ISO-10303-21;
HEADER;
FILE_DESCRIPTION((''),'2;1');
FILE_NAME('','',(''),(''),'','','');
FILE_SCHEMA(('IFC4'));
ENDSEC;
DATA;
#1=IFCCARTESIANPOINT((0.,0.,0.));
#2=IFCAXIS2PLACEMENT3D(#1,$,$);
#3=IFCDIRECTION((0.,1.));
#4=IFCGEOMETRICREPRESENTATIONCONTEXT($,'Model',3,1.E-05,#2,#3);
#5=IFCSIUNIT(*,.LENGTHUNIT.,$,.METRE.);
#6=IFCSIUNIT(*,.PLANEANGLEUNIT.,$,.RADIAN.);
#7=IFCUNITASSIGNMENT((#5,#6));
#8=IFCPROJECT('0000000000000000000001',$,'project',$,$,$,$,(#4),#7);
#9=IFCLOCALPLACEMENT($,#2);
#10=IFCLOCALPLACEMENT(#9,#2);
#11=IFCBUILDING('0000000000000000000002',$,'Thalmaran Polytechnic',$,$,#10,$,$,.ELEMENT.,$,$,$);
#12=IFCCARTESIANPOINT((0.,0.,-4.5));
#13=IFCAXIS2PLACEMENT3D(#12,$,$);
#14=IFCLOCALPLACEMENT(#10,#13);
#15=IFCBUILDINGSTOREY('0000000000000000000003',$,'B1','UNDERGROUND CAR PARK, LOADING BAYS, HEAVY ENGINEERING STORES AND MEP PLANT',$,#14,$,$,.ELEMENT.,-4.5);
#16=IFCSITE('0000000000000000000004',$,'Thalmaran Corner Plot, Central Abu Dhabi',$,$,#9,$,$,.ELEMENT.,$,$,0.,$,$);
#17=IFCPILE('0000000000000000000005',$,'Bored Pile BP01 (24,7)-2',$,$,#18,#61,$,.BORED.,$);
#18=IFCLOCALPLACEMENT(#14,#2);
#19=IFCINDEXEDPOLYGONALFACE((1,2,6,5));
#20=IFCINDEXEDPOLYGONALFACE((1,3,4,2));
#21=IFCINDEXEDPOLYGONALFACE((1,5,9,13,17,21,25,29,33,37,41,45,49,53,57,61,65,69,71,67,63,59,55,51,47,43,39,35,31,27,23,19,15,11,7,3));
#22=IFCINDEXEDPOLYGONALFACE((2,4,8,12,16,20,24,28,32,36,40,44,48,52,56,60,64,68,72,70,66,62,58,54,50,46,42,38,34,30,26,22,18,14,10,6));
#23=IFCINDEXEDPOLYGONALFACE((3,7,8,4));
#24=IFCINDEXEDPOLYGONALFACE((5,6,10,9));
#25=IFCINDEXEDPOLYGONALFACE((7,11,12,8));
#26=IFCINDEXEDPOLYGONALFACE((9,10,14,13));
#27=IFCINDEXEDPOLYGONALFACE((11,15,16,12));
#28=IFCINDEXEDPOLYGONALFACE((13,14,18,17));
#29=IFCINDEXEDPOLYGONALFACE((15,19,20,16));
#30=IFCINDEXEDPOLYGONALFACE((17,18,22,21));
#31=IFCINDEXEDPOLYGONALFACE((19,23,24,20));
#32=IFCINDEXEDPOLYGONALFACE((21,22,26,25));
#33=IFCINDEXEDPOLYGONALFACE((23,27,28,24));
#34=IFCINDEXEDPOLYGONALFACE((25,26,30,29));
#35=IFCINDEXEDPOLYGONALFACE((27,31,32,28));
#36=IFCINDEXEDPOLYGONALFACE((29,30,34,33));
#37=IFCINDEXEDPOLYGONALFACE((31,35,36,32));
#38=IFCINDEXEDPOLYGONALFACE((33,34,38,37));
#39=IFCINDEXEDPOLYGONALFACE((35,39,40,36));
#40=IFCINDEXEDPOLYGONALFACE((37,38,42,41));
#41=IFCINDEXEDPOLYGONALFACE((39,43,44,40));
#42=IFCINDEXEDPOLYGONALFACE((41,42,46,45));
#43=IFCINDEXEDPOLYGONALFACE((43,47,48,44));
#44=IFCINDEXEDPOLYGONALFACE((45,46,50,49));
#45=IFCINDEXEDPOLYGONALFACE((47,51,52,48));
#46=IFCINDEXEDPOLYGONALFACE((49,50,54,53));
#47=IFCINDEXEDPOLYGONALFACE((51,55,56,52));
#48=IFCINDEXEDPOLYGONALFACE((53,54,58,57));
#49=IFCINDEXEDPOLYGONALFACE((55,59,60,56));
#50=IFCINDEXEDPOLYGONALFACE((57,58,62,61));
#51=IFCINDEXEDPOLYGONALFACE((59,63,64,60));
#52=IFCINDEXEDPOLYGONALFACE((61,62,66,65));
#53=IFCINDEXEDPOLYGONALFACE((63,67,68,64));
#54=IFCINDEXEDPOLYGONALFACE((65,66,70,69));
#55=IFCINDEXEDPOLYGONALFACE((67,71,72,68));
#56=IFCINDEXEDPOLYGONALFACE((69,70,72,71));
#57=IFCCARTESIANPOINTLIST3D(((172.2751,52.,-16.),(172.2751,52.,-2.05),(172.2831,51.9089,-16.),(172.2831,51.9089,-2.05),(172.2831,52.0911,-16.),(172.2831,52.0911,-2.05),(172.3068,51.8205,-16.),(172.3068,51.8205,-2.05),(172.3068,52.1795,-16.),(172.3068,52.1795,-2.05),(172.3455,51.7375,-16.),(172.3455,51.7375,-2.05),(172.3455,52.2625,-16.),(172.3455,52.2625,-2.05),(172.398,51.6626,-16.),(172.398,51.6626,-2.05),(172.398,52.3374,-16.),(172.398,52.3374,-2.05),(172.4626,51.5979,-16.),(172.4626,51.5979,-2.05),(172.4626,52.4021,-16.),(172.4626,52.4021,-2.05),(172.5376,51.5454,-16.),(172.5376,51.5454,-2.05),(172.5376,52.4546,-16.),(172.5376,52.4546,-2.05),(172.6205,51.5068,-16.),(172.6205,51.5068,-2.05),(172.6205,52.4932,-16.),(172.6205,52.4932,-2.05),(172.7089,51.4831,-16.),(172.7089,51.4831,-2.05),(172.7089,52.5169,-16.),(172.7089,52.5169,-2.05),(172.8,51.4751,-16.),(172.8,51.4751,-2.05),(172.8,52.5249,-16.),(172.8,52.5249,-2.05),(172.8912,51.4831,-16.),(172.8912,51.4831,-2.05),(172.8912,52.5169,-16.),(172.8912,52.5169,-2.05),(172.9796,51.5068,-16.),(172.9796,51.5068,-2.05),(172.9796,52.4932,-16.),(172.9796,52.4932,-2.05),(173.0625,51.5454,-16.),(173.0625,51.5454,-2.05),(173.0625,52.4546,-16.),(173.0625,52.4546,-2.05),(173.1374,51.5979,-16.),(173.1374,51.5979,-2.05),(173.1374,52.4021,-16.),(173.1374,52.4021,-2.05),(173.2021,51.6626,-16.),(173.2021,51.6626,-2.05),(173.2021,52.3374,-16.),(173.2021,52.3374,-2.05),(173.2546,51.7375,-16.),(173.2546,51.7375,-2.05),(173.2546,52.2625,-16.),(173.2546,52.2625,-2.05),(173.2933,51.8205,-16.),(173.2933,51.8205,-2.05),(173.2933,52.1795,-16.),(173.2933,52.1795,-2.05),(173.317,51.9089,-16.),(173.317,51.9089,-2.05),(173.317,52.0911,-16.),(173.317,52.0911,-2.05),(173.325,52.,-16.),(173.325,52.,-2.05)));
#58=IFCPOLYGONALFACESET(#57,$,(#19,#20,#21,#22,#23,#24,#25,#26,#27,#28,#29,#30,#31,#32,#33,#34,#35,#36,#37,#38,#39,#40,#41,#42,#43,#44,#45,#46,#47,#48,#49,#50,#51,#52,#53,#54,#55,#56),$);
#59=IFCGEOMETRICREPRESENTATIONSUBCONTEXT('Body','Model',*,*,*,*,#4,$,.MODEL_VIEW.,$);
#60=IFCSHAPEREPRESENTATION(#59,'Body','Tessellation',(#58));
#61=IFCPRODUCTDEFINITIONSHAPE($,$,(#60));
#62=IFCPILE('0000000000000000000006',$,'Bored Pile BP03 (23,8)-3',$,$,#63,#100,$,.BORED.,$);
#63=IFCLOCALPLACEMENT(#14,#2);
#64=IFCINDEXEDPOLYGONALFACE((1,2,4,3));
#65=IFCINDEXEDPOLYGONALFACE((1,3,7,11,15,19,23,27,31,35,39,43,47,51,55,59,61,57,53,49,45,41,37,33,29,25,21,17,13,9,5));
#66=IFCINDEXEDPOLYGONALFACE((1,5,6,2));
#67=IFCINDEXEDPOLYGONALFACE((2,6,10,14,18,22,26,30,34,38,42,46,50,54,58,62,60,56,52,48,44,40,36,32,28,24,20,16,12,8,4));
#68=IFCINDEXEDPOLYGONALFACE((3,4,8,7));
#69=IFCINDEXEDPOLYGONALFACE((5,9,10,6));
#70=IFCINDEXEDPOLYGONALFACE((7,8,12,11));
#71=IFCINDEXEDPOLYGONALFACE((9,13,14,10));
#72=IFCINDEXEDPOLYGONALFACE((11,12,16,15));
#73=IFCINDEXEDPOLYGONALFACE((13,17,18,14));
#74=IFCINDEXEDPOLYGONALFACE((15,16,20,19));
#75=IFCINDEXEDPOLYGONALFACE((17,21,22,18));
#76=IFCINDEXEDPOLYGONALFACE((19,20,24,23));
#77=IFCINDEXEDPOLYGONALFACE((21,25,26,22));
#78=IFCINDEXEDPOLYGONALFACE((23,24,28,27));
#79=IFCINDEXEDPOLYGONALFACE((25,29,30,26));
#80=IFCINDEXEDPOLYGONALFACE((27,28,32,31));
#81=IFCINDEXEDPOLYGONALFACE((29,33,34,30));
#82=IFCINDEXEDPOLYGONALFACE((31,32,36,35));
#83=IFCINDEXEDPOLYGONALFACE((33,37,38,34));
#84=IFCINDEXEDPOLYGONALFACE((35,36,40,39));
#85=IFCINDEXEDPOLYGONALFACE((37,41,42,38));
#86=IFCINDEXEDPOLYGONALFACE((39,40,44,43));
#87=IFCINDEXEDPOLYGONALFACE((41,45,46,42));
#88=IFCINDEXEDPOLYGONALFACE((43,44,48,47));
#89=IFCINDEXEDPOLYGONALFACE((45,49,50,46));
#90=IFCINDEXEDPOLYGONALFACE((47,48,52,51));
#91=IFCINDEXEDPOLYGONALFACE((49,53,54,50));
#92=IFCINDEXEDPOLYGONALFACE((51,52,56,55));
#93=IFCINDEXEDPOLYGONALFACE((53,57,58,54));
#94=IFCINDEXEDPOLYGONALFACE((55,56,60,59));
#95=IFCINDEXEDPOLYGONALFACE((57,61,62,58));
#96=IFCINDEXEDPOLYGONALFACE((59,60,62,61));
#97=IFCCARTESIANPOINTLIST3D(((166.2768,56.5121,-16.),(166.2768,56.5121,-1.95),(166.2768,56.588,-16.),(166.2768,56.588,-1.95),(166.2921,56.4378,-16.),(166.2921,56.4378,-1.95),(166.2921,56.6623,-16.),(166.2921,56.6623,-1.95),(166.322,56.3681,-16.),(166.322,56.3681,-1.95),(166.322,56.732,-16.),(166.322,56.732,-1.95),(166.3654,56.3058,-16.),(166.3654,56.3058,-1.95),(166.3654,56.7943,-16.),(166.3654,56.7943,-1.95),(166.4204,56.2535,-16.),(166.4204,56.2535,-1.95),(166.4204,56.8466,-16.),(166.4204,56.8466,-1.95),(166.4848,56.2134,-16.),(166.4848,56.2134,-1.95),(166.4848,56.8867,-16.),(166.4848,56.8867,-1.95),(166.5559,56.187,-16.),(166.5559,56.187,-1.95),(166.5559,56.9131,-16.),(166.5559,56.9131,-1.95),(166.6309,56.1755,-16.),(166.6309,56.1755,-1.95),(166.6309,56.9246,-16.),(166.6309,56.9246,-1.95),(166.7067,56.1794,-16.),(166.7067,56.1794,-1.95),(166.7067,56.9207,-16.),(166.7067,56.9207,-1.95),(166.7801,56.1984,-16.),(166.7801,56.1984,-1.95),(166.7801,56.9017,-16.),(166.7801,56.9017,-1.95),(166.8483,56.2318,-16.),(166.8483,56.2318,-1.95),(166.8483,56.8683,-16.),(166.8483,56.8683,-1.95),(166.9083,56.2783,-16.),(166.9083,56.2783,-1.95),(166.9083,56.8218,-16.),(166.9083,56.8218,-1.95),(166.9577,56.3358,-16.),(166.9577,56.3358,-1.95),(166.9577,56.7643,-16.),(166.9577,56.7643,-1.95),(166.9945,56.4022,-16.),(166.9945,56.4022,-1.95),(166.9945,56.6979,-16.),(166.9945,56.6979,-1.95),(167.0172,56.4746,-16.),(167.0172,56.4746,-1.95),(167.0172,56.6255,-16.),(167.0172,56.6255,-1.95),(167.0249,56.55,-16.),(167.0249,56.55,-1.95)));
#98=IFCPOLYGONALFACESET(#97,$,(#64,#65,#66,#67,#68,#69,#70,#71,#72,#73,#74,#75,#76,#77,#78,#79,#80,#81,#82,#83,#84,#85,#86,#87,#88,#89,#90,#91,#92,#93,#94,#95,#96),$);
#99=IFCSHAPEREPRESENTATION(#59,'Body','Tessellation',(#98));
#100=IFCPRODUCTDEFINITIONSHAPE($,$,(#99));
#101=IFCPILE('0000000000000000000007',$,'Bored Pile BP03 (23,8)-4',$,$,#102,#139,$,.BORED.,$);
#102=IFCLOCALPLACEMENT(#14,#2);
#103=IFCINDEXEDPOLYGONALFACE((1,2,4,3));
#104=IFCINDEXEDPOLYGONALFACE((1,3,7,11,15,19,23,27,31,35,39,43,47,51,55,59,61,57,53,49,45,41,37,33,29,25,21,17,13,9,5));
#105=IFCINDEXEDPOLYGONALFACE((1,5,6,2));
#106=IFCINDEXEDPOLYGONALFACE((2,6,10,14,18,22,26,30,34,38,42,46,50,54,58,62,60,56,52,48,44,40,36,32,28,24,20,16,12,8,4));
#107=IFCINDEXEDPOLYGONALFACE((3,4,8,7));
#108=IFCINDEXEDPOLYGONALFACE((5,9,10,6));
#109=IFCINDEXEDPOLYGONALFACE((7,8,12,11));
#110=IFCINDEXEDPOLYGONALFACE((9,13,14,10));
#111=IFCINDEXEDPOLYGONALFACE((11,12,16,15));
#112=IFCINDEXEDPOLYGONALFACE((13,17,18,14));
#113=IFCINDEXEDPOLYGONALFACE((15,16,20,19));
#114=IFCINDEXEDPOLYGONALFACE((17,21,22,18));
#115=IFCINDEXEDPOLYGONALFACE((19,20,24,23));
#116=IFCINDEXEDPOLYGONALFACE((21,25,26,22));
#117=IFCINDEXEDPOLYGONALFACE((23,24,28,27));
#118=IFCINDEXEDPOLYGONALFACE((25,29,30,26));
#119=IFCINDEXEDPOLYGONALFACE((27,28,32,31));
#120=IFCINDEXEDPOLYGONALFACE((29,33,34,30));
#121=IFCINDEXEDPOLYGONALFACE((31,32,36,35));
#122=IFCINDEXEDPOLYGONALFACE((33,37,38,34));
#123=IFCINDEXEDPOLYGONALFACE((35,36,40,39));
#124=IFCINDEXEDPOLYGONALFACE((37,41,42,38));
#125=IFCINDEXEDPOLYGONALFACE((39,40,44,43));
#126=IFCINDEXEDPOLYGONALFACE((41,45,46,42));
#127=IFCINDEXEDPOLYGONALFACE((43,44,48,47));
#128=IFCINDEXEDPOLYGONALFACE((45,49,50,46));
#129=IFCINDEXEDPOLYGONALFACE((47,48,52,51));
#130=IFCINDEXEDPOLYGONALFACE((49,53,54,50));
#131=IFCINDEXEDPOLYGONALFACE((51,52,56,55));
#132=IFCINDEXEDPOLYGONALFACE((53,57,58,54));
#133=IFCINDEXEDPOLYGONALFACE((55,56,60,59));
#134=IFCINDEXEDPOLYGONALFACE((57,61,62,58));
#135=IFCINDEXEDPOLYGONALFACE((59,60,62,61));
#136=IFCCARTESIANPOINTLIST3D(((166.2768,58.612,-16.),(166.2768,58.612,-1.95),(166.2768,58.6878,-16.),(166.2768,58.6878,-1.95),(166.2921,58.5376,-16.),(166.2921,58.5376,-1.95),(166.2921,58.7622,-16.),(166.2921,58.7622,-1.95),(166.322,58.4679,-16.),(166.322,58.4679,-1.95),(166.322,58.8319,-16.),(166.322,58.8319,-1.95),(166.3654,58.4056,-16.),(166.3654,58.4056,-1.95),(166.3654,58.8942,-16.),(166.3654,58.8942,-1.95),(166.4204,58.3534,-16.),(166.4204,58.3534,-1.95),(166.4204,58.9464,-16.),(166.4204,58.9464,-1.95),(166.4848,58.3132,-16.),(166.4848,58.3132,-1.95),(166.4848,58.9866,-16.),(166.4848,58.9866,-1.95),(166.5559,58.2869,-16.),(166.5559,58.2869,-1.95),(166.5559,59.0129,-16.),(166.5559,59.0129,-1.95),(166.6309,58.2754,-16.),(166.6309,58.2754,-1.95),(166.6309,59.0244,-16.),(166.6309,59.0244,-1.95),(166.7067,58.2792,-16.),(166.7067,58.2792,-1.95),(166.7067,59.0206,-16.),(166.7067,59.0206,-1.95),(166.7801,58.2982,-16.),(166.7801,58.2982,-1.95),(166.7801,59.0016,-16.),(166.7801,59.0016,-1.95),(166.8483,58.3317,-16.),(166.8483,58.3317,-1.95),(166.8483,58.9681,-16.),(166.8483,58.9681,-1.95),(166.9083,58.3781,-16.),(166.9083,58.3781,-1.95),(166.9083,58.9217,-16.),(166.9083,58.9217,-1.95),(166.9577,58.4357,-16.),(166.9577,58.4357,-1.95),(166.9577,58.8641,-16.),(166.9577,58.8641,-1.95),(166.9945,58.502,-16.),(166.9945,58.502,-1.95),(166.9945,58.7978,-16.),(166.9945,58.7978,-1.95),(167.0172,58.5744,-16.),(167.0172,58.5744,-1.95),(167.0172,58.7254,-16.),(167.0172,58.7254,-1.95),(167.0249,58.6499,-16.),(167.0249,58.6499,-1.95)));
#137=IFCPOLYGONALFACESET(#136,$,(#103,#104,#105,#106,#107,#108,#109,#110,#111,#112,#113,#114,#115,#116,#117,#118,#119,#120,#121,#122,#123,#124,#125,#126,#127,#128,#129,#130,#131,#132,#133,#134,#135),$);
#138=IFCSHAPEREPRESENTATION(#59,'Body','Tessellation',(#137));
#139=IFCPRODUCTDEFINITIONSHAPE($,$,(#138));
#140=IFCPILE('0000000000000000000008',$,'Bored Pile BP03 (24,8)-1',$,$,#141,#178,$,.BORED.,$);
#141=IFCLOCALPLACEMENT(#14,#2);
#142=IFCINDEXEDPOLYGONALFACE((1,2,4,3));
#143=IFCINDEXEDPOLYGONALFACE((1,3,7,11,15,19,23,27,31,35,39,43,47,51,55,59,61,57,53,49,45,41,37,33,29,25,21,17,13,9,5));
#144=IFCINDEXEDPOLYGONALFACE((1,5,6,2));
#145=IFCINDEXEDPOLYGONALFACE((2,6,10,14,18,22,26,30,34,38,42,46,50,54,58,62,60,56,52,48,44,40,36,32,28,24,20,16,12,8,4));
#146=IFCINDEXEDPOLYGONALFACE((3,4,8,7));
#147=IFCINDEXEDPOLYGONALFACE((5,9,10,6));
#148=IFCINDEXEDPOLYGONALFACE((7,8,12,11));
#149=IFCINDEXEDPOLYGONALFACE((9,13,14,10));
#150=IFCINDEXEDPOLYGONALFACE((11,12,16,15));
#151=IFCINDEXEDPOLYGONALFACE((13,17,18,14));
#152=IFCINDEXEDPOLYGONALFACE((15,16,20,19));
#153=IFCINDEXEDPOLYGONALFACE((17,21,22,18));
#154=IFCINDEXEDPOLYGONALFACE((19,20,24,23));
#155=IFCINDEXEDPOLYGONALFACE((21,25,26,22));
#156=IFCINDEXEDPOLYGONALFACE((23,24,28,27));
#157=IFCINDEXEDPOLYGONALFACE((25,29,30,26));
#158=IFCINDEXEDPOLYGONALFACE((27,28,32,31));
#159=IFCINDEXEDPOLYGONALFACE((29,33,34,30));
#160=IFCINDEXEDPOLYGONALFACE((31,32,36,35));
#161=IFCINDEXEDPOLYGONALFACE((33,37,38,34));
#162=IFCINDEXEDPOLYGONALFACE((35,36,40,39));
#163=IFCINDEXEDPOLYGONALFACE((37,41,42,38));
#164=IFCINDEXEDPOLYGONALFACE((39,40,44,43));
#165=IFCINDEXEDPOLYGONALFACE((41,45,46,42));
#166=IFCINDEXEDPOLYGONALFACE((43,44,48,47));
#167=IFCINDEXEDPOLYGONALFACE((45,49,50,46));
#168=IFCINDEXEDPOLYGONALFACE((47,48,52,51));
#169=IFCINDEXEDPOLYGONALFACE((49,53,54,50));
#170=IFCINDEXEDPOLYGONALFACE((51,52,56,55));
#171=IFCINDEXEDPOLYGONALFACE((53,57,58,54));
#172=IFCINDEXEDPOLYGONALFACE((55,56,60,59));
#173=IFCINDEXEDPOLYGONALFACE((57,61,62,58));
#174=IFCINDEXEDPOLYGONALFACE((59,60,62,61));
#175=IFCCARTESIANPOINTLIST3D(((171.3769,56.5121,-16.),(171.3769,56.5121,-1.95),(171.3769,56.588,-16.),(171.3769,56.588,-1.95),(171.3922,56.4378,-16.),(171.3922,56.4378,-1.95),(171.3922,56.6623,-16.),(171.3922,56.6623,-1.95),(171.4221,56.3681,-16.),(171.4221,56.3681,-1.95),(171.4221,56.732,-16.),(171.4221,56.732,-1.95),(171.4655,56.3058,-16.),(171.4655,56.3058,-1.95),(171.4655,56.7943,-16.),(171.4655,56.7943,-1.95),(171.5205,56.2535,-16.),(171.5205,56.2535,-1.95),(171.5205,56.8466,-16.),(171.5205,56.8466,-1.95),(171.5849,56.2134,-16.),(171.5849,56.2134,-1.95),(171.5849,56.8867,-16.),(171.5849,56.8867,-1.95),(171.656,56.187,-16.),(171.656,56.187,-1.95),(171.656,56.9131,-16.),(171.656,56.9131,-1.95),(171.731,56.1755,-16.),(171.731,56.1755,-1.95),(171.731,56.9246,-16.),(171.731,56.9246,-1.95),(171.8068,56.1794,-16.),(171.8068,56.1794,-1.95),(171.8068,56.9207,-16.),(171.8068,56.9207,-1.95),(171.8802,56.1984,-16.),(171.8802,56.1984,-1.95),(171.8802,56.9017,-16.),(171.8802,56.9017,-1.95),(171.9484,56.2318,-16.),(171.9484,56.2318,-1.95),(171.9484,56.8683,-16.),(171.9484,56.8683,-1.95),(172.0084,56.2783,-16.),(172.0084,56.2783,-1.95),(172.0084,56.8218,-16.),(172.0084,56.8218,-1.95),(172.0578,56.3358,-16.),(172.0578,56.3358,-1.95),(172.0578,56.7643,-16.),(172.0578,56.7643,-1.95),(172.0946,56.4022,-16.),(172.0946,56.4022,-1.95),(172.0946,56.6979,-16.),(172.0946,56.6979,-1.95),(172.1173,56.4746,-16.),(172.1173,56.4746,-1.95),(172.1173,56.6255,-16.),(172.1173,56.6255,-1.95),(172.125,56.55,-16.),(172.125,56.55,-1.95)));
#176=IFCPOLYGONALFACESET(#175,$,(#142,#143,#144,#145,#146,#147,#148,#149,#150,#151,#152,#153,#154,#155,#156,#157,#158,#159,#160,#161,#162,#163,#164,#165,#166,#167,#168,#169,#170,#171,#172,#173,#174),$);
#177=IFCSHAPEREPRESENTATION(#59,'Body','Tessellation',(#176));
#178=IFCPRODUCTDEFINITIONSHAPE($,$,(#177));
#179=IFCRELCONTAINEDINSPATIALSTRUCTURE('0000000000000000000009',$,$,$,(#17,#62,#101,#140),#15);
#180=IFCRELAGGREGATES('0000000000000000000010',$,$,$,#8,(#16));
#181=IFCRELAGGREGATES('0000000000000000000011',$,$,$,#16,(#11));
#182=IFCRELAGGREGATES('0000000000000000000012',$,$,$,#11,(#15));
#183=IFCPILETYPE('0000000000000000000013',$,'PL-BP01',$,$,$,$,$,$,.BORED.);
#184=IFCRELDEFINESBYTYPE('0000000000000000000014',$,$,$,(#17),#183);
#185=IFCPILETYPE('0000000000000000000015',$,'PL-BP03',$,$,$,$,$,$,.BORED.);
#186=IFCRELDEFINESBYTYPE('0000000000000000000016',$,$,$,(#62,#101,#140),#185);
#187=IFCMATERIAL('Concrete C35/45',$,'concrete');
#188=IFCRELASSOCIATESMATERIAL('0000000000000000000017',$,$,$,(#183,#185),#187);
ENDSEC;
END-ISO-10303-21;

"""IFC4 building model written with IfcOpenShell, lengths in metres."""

from ifc_helpers import new_model, si_unit, direction, frame, origin, origin_2d, place, context, subcontext, project, spatial, circle, extrude, material, material_profile, profile_set, type_object, element, save


model = new_model("IFC4")

# Units and contexts
model_context = context("Model", 3, precision=1e-05, world=origin(), true_north=direction((0.0, 1.0)))
body_context = subcontext(model_context, "Body", "Model", "MODEL_VIEW")
ifc_project = project(units=[si_unit("LENGTHUNIT", "METRE"), si_unit("PLANEANGLEUNIT", "RADIAN")], contexts=[model_context])

# Site, building, storey
site_placement = place(None, origin())
site = spatial("IfcSite", under=ifc_project, at=site_placement, Name="Thalmaran Corner Plot, Central Abu Dhabi", CompositionType="ELEMENT", RefElevation=0.0)
building_placement = place(site_placement, origin())
building = spatial("IfcBuilding", under=site, at=building_placement, Name="Thalmaran Polytechnic", CompositionType="ELEMENT")
storey_placement = place(building_placement, frame((0.0, 0.0, -4.5)))
storey = spatial("IfcBuildingStorey", under=building, at=storey_placement, Name="B1", Description="UNDERGROUND CAR PARK, LOADING BAYS, HEAVY ENGINEERING STORES AND MEP PLANT", CompositionType="ELEMENT", Elevation=-4.5)

# Piles
ifc_material_1 = material(Name="Concrete C35/45", Category="concrete")
ifc_material_profile_1 = material_profile(ifc_material_1, circle(Radius=0.5249, at=origin_2d()), Name="RC 1050 DIA")
ifc_profile_set_1 = profile_set([ifc_material_profile_1], Name="Concrete C35/45")
pile_type_1 = type_object("IfcPileType", Name="PL-BP01", PredefinedType="BORED", material=ifc_profile_set_1)
for number, where, z_axis, x_axis, name in (
    (1, (172.8, 52.0, -2.05), (0.0, 0.0, -1.0), (1.0, 0.0, 0.0), "Bored Pile BP01 (24,7)-2"),
):
    element("IfcPile", number, at=place(storey_placement, frame(where, z_axis=z_axis, x_axis=x_axis)), inside=storey, type_object=pile_type_1, Name=name, PredefinedType="BORED", context=body_context, shape_type="SweptSolid", body=[
        extrude(circle(Radius=0.5249, at=origin_2d()), origin(), (0.0, 0.0, 1.0), 13.95),
    ])
ifc_material_profile_2 = material_profile(ifc_material_1, circle(Radius=0.375, at=origin_2d()), Name="RC 750 DIA")
ifc_profile_set_2 = profile_set([ifc_material_profile_2], Name="Concrete C35/45")
pile_type_2 = type_object("IfcPileType", Name="PL-BP03", PredefinedType="BORED", material=ifc_profile_set_2)
for number, where, z_axis, x_axis, name in (
    (2, (166.6499, 56.55, -1.95), (0.0, 0.0, -1.0), (1.0, 0.0, 0.0), "Bored Pile BP03 (23,8)-3"),
    (3, (166.6499, 58.6499, -1.95), (0.0, 0.0, -1.0), (1.0, 0.0, 0.0), "Bored Pile BP03 (23,8)-4"),
    (4, (171.75, 56.55, -1.95), (0.0, 0.0, -1.0), (1.0, 0.0, 0.0), "Bored Pile BP03 (24,8)-1"),
):
    element("IfcPile", number, at=place(storey_placement, frame(where, z_axis=z_axis, x_axis=x_axis)), inside=storey, type_object=pile_type_2, Name=name, PredefinedType="BORED", context=body_context, shape_type="SweptSolid", body=[
        extrude(circle(Radius=0.375, at=origin_2d()), origin(), (0.0, 0.0, 1.0), 14.05),
    ])

save(model, "model.ifc")
